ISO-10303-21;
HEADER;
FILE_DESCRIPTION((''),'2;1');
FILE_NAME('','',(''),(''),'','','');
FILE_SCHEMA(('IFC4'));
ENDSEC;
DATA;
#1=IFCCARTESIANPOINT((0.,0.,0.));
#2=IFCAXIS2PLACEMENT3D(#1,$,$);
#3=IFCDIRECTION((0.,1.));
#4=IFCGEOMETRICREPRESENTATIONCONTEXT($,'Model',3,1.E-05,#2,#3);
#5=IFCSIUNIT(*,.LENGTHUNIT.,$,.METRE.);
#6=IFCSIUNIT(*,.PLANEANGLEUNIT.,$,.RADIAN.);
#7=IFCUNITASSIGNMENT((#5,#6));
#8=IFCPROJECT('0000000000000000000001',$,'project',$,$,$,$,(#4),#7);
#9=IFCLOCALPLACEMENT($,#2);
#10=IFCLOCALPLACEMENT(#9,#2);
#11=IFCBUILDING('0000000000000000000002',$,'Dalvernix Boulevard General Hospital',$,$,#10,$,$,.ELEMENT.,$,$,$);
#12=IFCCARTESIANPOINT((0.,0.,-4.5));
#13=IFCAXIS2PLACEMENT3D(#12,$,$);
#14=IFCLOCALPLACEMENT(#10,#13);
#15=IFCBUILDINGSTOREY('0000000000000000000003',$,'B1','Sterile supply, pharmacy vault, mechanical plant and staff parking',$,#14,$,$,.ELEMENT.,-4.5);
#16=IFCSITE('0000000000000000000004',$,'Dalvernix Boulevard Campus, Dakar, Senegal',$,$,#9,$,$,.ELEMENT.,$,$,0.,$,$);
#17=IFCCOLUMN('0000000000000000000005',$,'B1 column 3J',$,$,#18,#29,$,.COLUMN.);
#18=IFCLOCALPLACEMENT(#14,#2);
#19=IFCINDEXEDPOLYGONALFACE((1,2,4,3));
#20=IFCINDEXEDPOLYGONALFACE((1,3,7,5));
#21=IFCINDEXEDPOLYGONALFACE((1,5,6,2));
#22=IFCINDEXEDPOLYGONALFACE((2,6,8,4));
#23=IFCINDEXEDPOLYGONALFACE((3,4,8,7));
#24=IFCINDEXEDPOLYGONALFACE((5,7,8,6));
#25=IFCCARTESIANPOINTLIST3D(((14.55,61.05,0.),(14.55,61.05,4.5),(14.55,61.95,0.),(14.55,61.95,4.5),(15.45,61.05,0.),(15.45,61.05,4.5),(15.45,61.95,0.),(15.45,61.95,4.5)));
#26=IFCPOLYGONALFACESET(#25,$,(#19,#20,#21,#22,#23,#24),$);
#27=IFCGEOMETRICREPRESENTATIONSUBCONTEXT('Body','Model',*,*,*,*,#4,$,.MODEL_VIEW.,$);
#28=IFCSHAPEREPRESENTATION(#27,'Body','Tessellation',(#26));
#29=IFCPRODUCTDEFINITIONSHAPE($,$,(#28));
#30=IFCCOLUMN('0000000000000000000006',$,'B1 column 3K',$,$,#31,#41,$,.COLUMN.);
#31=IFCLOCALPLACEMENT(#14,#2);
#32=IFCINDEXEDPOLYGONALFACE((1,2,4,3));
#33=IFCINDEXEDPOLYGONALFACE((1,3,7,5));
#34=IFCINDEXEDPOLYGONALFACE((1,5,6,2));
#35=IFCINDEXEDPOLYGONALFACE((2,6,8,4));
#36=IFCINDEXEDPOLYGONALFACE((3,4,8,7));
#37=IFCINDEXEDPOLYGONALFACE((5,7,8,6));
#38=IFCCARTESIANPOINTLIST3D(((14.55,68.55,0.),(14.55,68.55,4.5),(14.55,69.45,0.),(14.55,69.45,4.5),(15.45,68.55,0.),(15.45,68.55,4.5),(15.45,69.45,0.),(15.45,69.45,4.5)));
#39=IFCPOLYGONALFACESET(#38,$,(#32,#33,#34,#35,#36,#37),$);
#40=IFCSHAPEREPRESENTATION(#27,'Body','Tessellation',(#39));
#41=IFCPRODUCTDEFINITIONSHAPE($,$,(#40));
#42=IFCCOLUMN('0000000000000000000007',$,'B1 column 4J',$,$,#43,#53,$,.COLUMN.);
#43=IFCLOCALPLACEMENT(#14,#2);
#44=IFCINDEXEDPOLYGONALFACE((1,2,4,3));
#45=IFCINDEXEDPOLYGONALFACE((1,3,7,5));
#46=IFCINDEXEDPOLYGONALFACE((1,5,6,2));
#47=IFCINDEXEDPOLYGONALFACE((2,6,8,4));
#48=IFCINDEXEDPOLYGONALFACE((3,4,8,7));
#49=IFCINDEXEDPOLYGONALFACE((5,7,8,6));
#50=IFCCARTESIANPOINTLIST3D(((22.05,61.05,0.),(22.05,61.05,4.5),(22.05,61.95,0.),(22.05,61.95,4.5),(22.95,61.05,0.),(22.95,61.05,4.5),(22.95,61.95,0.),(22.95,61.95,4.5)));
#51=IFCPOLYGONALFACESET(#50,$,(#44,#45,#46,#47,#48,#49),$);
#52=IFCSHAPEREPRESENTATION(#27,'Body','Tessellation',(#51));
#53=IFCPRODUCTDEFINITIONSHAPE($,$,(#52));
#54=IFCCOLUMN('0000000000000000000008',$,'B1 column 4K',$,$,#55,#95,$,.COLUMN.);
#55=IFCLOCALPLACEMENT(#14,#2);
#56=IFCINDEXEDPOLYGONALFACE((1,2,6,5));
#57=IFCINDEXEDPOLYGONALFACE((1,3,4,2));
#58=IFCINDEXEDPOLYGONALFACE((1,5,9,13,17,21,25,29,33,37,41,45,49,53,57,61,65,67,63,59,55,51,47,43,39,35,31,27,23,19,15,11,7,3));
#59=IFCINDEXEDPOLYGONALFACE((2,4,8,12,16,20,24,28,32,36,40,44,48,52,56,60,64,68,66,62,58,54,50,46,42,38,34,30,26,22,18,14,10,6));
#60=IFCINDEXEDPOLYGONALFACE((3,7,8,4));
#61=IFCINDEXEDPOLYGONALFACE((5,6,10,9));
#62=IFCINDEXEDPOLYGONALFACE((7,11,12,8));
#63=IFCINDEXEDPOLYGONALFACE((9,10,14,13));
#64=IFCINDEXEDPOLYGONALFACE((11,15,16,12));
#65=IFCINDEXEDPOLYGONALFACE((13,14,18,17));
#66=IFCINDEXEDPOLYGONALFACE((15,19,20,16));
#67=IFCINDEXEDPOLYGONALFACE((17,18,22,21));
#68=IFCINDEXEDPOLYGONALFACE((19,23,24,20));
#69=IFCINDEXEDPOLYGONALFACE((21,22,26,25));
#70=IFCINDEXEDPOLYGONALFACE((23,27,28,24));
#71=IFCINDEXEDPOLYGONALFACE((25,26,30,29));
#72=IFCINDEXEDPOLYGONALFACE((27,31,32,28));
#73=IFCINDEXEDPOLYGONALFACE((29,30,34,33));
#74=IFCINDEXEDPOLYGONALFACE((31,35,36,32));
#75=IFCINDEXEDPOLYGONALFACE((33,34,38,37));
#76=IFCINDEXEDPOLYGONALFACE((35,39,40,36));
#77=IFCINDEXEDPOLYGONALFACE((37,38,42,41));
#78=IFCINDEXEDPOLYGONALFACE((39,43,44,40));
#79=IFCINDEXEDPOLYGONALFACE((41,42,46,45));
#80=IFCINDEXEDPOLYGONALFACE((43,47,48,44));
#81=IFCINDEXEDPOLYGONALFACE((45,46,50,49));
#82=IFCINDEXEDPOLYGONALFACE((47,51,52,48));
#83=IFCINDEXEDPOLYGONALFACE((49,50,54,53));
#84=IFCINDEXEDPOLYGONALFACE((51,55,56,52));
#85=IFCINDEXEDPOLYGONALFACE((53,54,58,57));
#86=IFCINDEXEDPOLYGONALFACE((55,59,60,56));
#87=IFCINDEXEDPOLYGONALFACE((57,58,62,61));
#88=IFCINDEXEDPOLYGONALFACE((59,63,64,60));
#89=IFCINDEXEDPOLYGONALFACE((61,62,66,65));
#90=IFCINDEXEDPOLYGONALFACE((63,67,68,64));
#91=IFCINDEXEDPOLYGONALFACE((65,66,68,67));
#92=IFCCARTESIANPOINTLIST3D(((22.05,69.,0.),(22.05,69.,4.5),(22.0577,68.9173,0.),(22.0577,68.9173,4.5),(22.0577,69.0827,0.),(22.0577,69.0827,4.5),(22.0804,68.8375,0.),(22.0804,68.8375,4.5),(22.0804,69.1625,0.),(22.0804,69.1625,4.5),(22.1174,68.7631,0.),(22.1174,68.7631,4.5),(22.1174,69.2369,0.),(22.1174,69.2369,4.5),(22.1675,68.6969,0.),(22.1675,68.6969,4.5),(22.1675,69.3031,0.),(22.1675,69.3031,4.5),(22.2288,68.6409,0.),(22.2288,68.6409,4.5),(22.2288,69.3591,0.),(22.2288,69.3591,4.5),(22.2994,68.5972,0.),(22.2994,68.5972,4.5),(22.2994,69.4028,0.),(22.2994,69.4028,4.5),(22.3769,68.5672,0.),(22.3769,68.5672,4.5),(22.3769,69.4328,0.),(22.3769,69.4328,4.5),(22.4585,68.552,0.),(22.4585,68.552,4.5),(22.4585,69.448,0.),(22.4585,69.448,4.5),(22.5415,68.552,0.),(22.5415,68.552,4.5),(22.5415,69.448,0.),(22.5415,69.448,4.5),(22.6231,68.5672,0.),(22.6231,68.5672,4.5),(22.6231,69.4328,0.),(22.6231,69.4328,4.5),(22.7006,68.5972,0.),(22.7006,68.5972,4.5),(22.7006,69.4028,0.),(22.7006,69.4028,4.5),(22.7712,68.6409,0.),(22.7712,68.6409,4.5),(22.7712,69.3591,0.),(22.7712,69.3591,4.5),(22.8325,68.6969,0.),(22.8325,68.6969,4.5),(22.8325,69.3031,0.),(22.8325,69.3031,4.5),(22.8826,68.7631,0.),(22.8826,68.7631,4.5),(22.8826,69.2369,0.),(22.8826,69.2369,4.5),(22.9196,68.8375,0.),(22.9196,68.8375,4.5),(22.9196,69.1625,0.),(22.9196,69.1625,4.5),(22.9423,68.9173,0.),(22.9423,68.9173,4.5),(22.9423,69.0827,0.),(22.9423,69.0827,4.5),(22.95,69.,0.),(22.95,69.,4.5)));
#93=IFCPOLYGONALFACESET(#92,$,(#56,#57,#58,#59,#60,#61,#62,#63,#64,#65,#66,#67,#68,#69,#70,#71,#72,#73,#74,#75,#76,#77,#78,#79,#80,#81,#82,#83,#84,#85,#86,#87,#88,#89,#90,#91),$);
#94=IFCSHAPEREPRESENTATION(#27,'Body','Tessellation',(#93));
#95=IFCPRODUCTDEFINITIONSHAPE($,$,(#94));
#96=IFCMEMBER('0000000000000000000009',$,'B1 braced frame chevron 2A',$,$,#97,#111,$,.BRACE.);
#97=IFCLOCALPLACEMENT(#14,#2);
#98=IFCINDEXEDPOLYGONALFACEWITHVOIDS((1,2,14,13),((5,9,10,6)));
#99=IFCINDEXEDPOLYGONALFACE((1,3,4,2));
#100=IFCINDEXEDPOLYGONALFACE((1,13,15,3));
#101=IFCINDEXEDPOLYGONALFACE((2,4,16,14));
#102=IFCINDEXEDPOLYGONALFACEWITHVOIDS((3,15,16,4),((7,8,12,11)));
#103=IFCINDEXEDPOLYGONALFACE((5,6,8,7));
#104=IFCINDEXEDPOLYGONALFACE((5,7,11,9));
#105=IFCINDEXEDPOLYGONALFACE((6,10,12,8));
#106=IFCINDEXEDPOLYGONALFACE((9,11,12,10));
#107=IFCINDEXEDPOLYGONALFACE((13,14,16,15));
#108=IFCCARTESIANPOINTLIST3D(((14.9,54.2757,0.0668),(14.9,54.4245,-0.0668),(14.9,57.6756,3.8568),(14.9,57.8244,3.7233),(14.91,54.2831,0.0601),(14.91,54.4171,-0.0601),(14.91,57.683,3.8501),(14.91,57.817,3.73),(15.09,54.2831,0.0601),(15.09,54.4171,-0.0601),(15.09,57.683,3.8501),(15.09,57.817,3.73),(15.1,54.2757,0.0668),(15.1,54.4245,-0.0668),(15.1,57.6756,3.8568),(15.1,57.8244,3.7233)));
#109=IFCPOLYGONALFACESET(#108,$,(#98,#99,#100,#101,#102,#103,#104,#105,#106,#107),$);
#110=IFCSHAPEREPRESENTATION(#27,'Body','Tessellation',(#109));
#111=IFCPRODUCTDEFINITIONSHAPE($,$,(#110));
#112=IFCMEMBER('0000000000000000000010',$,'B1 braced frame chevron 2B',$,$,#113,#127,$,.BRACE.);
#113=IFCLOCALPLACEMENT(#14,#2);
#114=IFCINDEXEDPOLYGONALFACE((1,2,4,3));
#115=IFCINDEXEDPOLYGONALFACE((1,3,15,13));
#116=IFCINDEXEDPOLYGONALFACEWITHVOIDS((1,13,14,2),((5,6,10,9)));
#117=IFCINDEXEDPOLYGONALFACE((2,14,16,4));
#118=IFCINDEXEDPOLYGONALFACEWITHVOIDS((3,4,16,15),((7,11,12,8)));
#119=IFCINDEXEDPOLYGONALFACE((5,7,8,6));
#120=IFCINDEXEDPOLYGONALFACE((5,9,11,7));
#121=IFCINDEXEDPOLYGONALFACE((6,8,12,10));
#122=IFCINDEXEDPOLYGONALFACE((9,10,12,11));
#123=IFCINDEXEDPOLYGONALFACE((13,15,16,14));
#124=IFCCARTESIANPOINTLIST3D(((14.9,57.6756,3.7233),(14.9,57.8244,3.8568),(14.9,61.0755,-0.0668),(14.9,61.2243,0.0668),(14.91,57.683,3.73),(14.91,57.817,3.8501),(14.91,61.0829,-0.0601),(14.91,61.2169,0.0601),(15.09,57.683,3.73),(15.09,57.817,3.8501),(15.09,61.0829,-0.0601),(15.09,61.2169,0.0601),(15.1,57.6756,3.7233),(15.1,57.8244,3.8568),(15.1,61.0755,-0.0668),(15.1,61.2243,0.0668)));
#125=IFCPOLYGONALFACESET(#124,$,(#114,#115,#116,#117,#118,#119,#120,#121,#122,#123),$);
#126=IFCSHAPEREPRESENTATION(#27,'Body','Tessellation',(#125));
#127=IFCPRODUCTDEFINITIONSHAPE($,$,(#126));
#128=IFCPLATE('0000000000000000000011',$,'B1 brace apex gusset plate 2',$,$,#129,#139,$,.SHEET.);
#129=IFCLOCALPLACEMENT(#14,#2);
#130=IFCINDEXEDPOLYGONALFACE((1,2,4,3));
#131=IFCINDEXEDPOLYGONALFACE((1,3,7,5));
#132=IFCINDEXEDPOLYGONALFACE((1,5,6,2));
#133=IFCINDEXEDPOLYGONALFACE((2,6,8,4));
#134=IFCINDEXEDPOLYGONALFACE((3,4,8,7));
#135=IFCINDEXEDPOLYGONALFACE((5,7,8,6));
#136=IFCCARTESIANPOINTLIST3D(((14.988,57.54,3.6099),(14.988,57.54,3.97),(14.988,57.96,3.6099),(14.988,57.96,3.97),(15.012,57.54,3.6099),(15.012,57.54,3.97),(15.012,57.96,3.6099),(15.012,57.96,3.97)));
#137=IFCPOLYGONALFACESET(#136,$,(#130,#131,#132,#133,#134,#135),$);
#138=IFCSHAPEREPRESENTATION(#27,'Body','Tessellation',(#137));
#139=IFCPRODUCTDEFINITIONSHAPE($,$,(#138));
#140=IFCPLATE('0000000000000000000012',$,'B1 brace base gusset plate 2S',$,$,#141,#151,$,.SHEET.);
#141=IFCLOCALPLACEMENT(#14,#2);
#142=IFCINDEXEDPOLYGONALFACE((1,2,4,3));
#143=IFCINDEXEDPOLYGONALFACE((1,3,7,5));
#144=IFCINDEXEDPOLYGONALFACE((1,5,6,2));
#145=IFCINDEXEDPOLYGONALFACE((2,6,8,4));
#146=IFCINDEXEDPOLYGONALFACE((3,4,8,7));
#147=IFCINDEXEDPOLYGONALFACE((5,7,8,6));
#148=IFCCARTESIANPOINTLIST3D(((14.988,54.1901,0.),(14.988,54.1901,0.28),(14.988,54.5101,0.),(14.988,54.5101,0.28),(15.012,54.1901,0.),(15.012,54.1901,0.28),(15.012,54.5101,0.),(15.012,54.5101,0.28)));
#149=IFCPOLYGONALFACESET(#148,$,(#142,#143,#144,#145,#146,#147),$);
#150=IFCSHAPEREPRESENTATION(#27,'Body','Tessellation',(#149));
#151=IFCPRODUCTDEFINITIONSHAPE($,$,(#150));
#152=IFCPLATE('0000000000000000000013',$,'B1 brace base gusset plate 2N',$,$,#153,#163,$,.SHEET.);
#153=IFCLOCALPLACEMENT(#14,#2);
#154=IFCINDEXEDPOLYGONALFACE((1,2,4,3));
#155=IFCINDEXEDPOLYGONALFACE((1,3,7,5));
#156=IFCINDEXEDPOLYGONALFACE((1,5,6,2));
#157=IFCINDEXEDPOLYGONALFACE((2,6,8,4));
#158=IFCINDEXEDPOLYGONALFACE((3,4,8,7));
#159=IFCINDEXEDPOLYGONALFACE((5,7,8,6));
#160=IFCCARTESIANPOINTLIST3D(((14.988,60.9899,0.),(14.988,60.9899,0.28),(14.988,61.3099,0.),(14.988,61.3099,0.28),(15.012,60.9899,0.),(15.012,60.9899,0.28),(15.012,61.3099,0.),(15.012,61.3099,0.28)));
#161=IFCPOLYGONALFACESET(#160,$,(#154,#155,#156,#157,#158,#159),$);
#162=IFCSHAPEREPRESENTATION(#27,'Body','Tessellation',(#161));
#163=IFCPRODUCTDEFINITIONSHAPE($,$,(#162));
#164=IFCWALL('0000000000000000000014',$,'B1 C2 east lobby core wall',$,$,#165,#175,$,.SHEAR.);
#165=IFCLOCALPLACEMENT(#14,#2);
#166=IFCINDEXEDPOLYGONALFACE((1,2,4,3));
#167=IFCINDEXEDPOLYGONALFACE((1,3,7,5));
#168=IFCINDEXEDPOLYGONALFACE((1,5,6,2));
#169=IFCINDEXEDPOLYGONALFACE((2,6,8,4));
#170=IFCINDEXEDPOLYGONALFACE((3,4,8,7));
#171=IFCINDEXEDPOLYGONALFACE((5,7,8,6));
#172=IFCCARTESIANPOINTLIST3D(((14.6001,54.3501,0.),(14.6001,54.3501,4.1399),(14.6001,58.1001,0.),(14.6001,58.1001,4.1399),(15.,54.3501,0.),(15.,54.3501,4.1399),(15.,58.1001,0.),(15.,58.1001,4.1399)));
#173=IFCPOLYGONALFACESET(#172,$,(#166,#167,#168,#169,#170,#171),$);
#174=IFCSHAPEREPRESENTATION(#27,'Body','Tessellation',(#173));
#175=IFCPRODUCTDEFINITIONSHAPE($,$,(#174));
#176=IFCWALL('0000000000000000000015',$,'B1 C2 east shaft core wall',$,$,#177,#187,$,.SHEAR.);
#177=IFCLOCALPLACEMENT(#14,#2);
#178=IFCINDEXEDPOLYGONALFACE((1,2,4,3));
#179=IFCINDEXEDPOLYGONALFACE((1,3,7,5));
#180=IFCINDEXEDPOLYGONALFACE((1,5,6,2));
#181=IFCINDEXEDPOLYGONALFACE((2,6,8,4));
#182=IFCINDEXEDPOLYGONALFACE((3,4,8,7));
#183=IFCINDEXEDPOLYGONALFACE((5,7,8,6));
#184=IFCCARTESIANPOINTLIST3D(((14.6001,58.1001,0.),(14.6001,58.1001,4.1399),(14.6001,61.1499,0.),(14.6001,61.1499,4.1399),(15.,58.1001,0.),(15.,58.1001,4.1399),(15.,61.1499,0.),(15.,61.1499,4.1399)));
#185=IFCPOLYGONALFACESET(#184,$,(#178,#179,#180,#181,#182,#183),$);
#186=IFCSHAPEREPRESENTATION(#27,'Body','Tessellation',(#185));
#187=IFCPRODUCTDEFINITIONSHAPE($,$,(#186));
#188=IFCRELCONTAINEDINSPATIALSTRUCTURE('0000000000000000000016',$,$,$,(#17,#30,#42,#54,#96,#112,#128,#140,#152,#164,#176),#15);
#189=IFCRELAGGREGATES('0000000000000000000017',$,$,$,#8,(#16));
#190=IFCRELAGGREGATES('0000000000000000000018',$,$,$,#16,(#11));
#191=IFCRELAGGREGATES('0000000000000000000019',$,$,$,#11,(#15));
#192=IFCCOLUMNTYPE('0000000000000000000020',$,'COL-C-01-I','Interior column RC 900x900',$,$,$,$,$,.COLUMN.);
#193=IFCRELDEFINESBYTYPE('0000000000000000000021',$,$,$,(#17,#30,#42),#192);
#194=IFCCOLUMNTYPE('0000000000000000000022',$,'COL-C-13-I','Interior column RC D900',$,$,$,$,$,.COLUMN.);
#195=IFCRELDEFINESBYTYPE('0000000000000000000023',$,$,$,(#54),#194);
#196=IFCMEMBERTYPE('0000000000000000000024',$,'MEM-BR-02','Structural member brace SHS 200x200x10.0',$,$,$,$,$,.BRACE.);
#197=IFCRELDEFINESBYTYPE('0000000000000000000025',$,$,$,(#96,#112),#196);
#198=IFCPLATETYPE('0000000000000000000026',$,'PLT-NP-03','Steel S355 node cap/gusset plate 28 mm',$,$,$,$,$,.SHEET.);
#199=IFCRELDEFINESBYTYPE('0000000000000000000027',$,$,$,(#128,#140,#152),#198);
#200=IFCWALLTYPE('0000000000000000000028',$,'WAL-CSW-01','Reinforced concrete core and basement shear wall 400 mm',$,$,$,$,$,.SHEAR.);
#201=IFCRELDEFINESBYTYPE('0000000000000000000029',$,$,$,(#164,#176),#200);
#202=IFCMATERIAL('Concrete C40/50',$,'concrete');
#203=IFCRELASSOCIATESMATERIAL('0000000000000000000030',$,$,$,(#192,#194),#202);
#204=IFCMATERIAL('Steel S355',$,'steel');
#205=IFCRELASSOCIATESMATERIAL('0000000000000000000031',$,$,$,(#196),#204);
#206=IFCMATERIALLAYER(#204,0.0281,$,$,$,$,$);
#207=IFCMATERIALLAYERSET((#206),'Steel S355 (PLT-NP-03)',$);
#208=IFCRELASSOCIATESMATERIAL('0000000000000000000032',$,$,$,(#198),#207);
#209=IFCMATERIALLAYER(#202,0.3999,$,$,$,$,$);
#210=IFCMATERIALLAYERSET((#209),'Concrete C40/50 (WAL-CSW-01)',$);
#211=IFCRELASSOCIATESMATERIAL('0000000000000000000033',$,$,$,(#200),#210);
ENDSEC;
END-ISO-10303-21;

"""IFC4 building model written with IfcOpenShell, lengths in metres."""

from ifc_helpers import new_model, si_unit, direction, frame, frame_2d, origin, origin_2d, place, context, subcontext, project, spatial, rectangle, hollow_rectangle, circle, extrude, material, layer, layer_set, material_profile, profile_set, type_object, element, save


model = new_model("IFC4")

# Units and contexts
model_context = context("Model", 3, precision=1e-05, world=origin(), true_north=direction((0.0, 1.0)))
body_context = subcontext(model_context, "Body", "Model", "MODEL_VIEW")
ifc_project = project(units=[si_unit("LENGTHUNIT", "METRE"), si_unit("PLANEANGLEUNIT", "RADIAN")], contexts=[model_context])

# Site, building, storey
site_placement = place(None, origin())
site = spatial("IfcSite", under=ifc_project, at=site_placement, Name="Dalvernix Boulevard Campus, Dakar, Senegal", CompositionType="ELEMENT", RefElevation=0.0)
building_placement = place(site_placement, origin())
building = spatial("IfcBuilding", under=site, at=building_placement, Name="Dalvernix Boulevard General Hospital", CompositionType="ELEMENT")
storey_placement = place(building_placement, frame((0.0, 0.0, -4.5)))
storey = spatial("IfcBuildingStorey", under=building, at=storey_placement, Name="B1", Description="Sterile supply, pharmacy vault, mechanical plant and staff parking", CompositionType="ELEMENT", Elevation=-4.5)

# Shared definitions
ifc_material_1 = material(Name="Concrete C40/50", Category="concrete")

# Columns
ifc_material_profile_1 = material_profile(ifc_material_1, rectangle(XDim=0.8999, YDim=0.8999, at=origin_2d()), Name="RC 900x900")
ifc_profile_set_1 = profile_set([ifc_material_profile_1], Name="Concrete C40/50")
column_type_1 = type_object("IfcColumnType", Name="COL-C-01-I", Description="Interior column RC 900x900", PredefinedType="COLUMN", material=ifc_profile_set_1)
for number, where, z_axis, x_axis, name in (
    (1, (15.0, 61.5, 0.0), (0.0, 0.0, 1.0), (1.0, 0.0, 0.0), "B1 column 3J"),
    (2, (15.0, 69.0, 0.0), (0.0, 0.0, 1.0), (1.0, 0.0, 0.0), "B1 column 3K"),
    (3, (22.5, 61.5, 0.0), (0.0, 0.0, 1.0), (1.0, 0.0, 0.0), "B1 column 4J"),
):
    element("IfcColumn", number, at=place(storey_placement, frame(where, z_axis=z_axis, x_axis=x_axis)), inside=storey, type_object=column_type_1, Name=name, PredefinedType="COLUMN", context=body_context, shape_type="SweptSolid", body=[
        extrude(rectangle(XDim=0.8999, YDim=0.8999, at=origin_2d()), origin(), (0.0, 0.0, 1.0), 4.5),
    ])
ifc_material_profile_2 = material_profile(ifc_material_1, circle(Radius=0.45, at=origin_2d()), Name="RC D900")
ifc_profile_set_2 = profile_set([ifc_material_profile_2], Name="Concrete C40/50")
column_type_2 = type_object("IfcColumnType", Name="COL-C-13-I", Description="Interior column RC D900", PredefinedType="COLUMN", material=ifc_profile_set_2)
column_placement = place(storey_placement, frame((22.5, 69.0, 0.0), z_axis=(0.0, 0.0, 1.0), x_axis=(1.0, 0.0, 0.0)))
element("IfcColumn", 4, at=column_placement, inside=storey, type_object=column_type_2, Name="B1 column 4K", PredefinedType="COLUMN", context=body_context, shape_type="SweptSolid", body=[
    extrude(circle(Radius=0.45, at=origin_2d()), origin(), (0.0, 0.0, 1.0), 4.5),
])

# Members
ifc_material_2 = material(Name="Steel S355", Category="steel")
ifc_material_profile_3 = material_profile(ifc_material_2, hollow_rectangle(XDim=0.2, YDim=0.2, WallThickness=0.01, at=origin_2d()), Name="SHS 200x200x10.0")
ifc_profile_set_3 = profile_set([ifc_material_profile_3], Name="Steel S355")
member_type = type_object("IfcMemberType", Name="MEM-BR-02", Description="Structural member brace SHS 200x200x10.0", PredefinedType="BRACE", material=ifc_profile_set_3)
for number, where, z_axis, x_axis, name in (
    (5, (15.0, 54.3501, 0.0), (0.0, 0.667756, 0.74438), (-1.0, 0.0, 0.0), "B1 braced frame chevron 2A"),
    (6, (15.0, 61.1499, 0.0), (0.0, -0.667756, 0.74438), (1.0, 0.0, 0.0), "B1 braced frame chevron 2B"),
):
    element("IfcMember", number, at=place(storey_placement, frame(where, z_axis=z_axis, x_axis=x_axis)), inside=storey, type_object=member_type, Name=name, PredefinedType="BRACE", context=body_context, shape_type="SweptSolid", body=[
        extrude(hollow_rectangle(XDim=0.2, YDim=0.2, WallThickness=0.01, at=origin_2d()), origin(), (0.0, 0.0, 1.0), 5.0916),
    ])

# Plates
ifc_layer_1 = layer(ifc_material_2, 0.0281)
ifc_layer_set_1 = layer_set([ifc_layer_1], Name="Steel S355 (PLT-NP-03)")
plate_type = type_object("IfcPlateType", Name="PLT-NP-03", Description="Steel S355 node cap/gusset plate 28 mm", PredefinedType="SHEET", material=ifc_layer_set_1)
plate_placement = place(storey_placement, frame((15.0, 57.75, 3.6099), z_axis=(0.0, 0.0, 1.0), x_axis=(0.0, 1.0, 0.0)))
element("IfcPlate", 7, at=plate_placement, inside=storey, type_object=plate_type, Name="B1 brace apex gusset plate 2", PredefinedType="SHEET", context=body_context, shape_type="SweptSolid", body=[
    extrude(rectangle(XDim=0.4199, YDim=0.0239, at=origin_2d()), origin(), (0.0, 0.0, 1.0), 0.3601),
])
for number, where, z_axis, x_axis, name in (
    (8, (15.0, 54.3501, 0.0), (0.0, 0.0, 1.0), (0.0, 1.0, 0.0), "B1 brace base gusset plate 2S"),
    (9, (15.0, 61.1499, 0.0), (0.0, 0.0, 1.0), (0.0, 1.0, 0.0), "B1 brace base gusset plate 2N"),
):
    element("IfcPlate", number, at=place(storey_placement, frame(where, z_axis=z_axis, x_axis=x_axis)), inside=storey, type_object=plate_type, Name=name, PredefinedType="SHEET", context=body_context, shape_type="SweptSolid", body=[
        extrude(rectangle(XDim=0.3201, YDim=0.0239, at=origin_2d()), origin(), (0.0, 0.0, 1.0), 0.28),
    ])

# Walls
ifc_layer_2 = layer(ifc_material_1, 0.3999)
ifc_layer_set_2 = layer_set([ifc_layer_2], Name="Concrete C40/50 (WAL-CSW-01)")
wall_type = type_object("IfcWallType", Name="WAL-CSW-01", Description="Reinforced concrete core and basement shear wall 400 mm", PredefinedType="SHEAR", material=ifc_layer_set_2)
wall_1_placement = place(storey_placement, frame((14.8, 54.3501, 0.0), z_axis=(0.0, 0.0, 1.0), x_axis=(0.0, 1.0, 0.0)))
element("IfcWall", 10, at=wall_1_placement, inside=storey, type_object=wall_type, Name="B1 C2 east lobby core wall", PredefinedType="SHEAR", context=body_context, shape_type="SweptSolid", body=[
    extrude(rectangle(XDim=3.75, YDim=0.3999, at=frame_2d((1.875, 0.0))), origin(), (0.0, 0.0, 1.0), 4.1399),
])
wall_2_placement = place(storey_placement, frame((14.8, 58.1001, 0.0), z_axis=(0.0, 0.0, 1.0), x_axis=(0.0, 1.0, 0.0)))
element("IfcWall", 11, at=wall_2_placement, inside=storey, type_object=wall_type, Name="B1 C2 east shaft core wall", PredefinedType="SHEAR", context=body_context, shape_type="SweptSolid", body=[
    extrude(rectangle(XDim=3.0498, YDim=0.3999, at=frame_2d((1.5249, 0.0))), origin(), (0.0, 0.0, 1.0), 4.1399),
])

save(model, "model.ifc")
